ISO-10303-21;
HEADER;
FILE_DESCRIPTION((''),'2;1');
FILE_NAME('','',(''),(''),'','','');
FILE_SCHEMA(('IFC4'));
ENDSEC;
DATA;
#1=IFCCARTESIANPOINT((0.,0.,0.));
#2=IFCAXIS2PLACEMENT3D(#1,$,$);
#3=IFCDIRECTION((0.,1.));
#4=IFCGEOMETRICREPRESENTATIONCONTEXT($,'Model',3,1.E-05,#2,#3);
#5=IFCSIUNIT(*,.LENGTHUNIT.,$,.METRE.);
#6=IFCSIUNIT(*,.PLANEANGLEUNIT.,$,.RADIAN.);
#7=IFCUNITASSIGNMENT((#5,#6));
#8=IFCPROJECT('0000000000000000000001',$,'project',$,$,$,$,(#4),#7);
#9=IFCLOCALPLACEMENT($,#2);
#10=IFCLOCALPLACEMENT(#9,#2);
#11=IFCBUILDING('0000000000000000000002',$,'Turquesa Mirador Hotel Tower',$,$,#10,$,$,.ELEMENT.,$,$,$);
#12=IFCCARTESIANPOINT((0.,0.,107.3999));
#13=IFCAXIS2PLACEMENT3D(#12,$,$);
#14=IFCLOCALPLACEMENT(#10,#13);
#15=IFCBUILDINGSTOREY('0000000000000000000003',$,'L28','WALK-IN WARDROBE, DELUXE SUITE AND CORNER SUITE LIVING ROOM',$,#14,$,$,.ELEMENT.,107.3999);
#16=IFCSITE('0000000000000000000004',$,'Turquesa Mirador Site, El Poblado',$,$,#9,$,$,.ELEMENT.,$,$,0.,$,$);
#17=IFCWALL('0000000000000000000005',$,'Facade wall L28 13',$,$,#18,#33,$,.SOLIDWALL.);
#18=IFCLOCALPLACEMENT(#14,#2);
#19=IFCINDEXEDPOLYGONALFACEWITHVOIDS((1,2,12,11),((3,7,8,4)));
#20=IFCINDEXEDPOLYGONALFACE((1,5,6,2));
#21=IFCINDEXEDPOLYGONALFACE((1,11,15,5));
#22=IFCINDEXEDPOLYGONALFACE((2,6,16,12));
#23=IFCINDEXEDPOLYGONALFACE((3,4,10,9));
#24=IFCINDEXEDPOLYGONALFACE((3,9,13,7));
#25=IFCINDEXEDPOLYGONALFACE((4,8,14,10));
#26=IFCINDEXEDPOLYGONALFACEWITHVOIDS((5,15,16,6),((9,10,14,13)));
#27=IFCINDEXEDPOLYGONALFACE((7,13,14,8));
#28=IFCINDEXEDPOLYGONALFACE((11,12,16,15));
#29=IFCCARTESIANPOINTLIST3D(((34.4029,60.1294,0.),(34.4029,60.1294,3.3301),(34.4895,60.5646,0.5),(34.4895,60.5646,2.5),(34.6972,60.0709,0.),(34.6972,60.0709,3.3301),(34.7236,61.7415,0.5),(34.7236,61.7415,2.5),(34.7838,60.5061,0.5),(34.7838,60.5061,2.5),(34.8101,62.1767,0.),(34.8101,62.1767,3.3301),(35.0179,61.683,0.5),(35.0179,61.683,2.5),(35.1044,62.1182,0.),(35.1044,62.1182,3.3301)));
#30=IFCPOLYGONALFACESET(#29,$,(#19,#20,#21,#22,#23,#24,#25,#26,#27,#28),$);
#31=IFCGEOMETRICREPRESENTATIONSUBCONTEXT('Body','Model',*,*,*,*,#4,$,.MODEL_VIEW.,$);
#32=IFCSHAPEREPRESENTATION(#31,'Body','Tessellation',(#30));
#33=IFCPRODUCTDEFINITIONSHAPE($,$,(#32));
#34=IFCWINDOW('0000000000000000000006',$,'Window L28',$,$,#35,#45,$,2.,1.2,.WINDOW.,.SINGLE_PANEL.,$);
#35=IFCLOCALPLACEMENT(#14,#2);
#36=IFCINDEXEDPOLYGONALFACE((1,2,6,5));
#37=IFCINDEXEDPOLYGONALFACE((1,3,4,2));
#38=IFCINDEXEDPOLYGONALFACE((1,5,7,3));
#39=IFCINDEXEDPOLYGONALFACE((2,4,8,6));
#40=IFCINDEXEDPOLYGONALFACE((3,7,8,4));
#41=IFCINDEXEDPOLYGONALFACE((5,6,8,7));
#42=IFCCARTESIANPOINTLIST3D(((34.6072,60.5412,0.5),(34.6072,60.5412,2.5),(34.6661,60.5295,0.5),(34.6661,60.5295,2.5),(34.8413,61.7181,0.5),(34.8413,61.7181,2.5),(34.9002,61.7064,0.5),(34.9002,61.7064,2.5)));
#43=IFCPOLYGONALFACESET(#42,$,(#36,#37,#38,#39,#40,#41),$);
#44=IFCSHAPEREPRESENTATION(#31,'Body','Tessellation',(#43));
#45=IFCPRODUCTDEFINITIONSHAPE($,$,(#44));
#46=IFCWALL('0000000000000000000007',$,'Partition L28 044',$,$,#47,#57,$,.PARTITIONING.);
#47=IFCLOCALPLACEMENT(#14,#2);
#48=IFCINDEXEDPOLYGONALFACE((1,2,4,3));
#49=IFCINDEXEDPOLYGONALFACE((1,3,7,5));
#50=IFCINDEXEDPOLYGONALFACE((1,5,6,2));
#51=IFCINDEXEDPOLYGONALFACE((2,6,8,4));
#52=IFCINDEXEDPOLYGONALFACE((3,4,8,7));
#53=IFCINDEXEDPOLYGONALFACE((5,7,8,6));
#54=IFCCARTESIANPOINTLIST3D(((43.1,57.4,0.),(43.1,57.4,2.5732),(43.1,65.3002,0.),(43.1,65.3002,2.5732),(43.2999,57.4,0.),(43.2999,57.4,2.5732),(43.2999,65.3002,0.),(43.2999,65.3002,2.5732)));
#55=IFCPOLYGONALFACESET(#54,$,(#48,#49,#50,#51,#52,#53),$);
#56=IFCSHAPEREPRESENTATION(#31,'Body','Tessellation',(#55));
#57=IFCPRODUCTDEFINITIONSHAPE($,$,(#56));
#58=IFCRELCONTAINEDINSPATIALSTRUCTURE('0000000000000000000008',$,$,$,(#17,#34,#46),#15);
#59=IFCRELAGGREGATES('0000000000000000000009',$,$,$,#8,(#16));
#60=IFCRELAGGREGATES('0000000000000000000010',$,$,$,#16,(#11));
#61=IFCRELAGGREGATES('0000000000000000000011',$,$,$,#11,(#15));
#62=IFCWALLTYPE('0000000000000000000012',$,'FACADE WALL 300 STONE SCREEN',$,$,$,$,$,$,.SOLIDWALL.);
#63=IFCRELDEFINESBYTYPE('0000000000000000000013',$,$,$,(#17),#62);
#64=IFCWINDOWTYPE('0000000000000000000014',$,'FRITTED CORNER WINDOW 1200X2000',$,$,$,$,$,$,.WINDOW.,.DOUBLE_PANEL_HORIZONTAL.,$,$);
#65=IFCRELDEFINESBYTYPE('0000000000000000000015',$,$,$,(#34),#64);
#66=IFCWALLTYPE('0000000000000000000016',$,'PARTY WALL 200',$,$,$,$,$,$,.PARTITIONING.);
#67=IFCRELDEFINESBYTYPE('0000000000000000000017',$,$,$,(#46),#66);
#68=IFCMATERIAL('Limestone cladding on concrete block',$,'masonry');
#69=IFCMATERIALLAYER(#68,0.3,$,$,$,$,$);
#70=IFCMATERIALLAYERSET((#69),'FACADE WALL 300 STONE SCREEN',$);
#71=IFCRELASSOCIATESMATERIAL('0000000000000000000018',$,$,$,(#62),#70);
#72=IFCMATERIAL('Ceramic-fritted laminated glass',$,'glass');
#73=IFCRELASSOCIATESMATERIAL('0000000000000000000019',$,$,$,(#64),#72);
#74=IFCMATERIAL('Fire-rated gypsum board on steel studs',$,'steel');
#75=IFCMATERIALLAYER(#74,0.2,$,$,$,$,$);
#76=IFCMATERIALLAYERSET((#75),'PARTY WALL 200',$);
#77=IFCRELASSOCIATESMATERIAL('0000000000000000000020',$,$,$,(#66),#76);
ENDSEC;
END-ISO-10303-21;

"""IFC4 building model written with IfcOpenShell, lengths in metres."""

from ifc_helpers import new_model, si_unit, direction, frame, frame_2d, origin, place, context, subcontext, project, spatial, rectangle, extrude, material, layer, layer_set, type_object, element, fill, save


model = new_model("IFC4")

# Units and contexts
model_context = context("Model", 3, precision=1e-05, world=origin(), true_north=direction((0.0, 1.0)))
body_context = subcontext(model_context, "Body", "Model", "MODEL_VIEW")
ifc_project = project(units=[si_unit("LENGTHUNIT", "METRE"), si_unit("PLANEANGLEUNIT", "RADIAN")], contexts=[model_context])

# Site, building, storey
site_placement = place(None, origin())
site = spatial("IfcSite", under=ifc_project, at=site_placement, Name="Turquesa Mirador Site, El Poblado", CompositionType="ELEMENT", RefElevation=0.0)
building_placement = place(site_placement, origin())
building = spatial("IfcBuilding", under=site, at=building_placement, Name="Turquesa Mirador Hotel Tower", CompositionType="ELEMENT")
storey_placement = place(building_placement, frame((0.0, 0.0, 107.3999)))
storey = spatial("IfcBuildingStorey", under=building, at=storey_placement, Name="L28", Description="WALK-IN WARDROBE, DELUXE SUITE AND CORNER SUITE LIVING ROOM", CompositionType="ELEMENT", Elevation=107.3999)

# Wall, opening, window
ifc_material_1 = material(Name="Limestone cladding on concrete block", Category="masonry")
ifc_layer_1 = layer(ifc_material_1, 0.3)
ifc_layer_set_1 = layer_set([ifc_layer_1], Name="FACADE WALL 300 STONE SCREEN")
wall_type_1 = type_object("IfcWallType", Name="FACADE WALL 300 STONE SCREEN", PredefinedType="SOLIDWALL", material=ifc_layer_set_1)
ifc_material_2 = material(Name="Ceramic-fritted laminated glass", Category="glass")
window_type_1 = type_object("IfcWindowType", Name="FRITTED CORNER WINDOW 1200X2000", PartitioningType="DOUBLE_PANEL_HORIZONTAL", PredefinedType="WINDOW", material=ifc_material_2)
wall_1_placement = place(storey_placement, frame((34.9573, 62.1475, 0.0), z_axis=(0.0, 0.0, 1.0), x_axis=(-0.195081, -0.980787, 0.0)))
wall_1 = element("IfcWall", 1, at=wall_1_placement, inside=storey, type_object=wall_type_1, Name="Facade wall L28 13", PredefinedType="SOLIDWALL", context=body_context, shape_type="SweptSolid", body=[
    extrude(rectangle(XDim=2.0874, YDim=0.3, at=frame_2d((1.0437, 0.0))), origin(), (0.0, 0.0, 1.0), 3.3301),
])
opening_1_placement = place(wall_1_placement, frame((0.4436, 0.0, 0.5)))
opening_1 = element("IfcOpeningElement", 2, at=opening_1_placement, cuts=wall_1, PredefinedType="OPENING", context=body_context, shape_type="SweptSolid", body=[
    extrude(rectangle(XDim=1.2, YDim=2.0, at=frame_2d((0.6001, 1.0))), frame((0.0, 0.1599, 0.0), z_axis=(0.0, -1.0, 0.0), x_axis=(1.0, 0.0, 0.0)), (0.0, 0.0, 1.0), 0.3201),
])
window_1_placement = place(opening_1_placement, origin())
window_1 = element("IfcWindow", 3, at=window_1_placement, inside=storey, type_object=window_type_1, Name="Window L28", OverallHeight=2.0, OverallWidth=1.2, PartitioningType="SINGLE_PANEL", PredefinedType="WINDOW", context=body_context, shape_type="SweptSolid", body=[
    extrude(rectangle(XDim=1.2, YDim=2.0, at=frame_2d((0.6001, 1.0))), frame((0.0, 0.03, 0.0), z_axis=(0.0, -1.0, 0.0), x_axis=(1.0, 0.0, 0.0)), (0.0, 0.0, 1.0), 0.0601),
])
fill(opening_1, window_1)

# Wall
ifc_material_3 = material(Name="Fire-rated gypsum board on steel studs", Category="steel")
ifc_layer_2 = layer(ifc_material_3, 0.2)
ifc_layer_set_2 = layer_set([ifc_layer_2], Name="PARTY WALL 200")
wall_type_2 = type_object("IfcWallType", Name="PARTY WALL 200", PredefinedType="PARTITIONING", material=ifc_layer_set_2)
wall_2_placement = place(storey_placement, frame((43.2, 57.3999, 0.0), z_axis=(0.0, 0.0, 1.0), x_axis=(0.0, 1.0, 0.0)))
element("IfcWall", 4, at=wall_2_placement, inside=storey, type_object=wall_type_2, Name="Partition L28 044", PredefinedType="PARTITIONING", context=body_context, shape_type="SweptSolid", body=[
    extrude(rectangle(XDim=7.9001, YDim=0.2, at=frame_2d((3.9502, 0.0))), origin(), (0.0, 0.0, 1.0), 2.5732),
])

save(model, "model.ifc")
